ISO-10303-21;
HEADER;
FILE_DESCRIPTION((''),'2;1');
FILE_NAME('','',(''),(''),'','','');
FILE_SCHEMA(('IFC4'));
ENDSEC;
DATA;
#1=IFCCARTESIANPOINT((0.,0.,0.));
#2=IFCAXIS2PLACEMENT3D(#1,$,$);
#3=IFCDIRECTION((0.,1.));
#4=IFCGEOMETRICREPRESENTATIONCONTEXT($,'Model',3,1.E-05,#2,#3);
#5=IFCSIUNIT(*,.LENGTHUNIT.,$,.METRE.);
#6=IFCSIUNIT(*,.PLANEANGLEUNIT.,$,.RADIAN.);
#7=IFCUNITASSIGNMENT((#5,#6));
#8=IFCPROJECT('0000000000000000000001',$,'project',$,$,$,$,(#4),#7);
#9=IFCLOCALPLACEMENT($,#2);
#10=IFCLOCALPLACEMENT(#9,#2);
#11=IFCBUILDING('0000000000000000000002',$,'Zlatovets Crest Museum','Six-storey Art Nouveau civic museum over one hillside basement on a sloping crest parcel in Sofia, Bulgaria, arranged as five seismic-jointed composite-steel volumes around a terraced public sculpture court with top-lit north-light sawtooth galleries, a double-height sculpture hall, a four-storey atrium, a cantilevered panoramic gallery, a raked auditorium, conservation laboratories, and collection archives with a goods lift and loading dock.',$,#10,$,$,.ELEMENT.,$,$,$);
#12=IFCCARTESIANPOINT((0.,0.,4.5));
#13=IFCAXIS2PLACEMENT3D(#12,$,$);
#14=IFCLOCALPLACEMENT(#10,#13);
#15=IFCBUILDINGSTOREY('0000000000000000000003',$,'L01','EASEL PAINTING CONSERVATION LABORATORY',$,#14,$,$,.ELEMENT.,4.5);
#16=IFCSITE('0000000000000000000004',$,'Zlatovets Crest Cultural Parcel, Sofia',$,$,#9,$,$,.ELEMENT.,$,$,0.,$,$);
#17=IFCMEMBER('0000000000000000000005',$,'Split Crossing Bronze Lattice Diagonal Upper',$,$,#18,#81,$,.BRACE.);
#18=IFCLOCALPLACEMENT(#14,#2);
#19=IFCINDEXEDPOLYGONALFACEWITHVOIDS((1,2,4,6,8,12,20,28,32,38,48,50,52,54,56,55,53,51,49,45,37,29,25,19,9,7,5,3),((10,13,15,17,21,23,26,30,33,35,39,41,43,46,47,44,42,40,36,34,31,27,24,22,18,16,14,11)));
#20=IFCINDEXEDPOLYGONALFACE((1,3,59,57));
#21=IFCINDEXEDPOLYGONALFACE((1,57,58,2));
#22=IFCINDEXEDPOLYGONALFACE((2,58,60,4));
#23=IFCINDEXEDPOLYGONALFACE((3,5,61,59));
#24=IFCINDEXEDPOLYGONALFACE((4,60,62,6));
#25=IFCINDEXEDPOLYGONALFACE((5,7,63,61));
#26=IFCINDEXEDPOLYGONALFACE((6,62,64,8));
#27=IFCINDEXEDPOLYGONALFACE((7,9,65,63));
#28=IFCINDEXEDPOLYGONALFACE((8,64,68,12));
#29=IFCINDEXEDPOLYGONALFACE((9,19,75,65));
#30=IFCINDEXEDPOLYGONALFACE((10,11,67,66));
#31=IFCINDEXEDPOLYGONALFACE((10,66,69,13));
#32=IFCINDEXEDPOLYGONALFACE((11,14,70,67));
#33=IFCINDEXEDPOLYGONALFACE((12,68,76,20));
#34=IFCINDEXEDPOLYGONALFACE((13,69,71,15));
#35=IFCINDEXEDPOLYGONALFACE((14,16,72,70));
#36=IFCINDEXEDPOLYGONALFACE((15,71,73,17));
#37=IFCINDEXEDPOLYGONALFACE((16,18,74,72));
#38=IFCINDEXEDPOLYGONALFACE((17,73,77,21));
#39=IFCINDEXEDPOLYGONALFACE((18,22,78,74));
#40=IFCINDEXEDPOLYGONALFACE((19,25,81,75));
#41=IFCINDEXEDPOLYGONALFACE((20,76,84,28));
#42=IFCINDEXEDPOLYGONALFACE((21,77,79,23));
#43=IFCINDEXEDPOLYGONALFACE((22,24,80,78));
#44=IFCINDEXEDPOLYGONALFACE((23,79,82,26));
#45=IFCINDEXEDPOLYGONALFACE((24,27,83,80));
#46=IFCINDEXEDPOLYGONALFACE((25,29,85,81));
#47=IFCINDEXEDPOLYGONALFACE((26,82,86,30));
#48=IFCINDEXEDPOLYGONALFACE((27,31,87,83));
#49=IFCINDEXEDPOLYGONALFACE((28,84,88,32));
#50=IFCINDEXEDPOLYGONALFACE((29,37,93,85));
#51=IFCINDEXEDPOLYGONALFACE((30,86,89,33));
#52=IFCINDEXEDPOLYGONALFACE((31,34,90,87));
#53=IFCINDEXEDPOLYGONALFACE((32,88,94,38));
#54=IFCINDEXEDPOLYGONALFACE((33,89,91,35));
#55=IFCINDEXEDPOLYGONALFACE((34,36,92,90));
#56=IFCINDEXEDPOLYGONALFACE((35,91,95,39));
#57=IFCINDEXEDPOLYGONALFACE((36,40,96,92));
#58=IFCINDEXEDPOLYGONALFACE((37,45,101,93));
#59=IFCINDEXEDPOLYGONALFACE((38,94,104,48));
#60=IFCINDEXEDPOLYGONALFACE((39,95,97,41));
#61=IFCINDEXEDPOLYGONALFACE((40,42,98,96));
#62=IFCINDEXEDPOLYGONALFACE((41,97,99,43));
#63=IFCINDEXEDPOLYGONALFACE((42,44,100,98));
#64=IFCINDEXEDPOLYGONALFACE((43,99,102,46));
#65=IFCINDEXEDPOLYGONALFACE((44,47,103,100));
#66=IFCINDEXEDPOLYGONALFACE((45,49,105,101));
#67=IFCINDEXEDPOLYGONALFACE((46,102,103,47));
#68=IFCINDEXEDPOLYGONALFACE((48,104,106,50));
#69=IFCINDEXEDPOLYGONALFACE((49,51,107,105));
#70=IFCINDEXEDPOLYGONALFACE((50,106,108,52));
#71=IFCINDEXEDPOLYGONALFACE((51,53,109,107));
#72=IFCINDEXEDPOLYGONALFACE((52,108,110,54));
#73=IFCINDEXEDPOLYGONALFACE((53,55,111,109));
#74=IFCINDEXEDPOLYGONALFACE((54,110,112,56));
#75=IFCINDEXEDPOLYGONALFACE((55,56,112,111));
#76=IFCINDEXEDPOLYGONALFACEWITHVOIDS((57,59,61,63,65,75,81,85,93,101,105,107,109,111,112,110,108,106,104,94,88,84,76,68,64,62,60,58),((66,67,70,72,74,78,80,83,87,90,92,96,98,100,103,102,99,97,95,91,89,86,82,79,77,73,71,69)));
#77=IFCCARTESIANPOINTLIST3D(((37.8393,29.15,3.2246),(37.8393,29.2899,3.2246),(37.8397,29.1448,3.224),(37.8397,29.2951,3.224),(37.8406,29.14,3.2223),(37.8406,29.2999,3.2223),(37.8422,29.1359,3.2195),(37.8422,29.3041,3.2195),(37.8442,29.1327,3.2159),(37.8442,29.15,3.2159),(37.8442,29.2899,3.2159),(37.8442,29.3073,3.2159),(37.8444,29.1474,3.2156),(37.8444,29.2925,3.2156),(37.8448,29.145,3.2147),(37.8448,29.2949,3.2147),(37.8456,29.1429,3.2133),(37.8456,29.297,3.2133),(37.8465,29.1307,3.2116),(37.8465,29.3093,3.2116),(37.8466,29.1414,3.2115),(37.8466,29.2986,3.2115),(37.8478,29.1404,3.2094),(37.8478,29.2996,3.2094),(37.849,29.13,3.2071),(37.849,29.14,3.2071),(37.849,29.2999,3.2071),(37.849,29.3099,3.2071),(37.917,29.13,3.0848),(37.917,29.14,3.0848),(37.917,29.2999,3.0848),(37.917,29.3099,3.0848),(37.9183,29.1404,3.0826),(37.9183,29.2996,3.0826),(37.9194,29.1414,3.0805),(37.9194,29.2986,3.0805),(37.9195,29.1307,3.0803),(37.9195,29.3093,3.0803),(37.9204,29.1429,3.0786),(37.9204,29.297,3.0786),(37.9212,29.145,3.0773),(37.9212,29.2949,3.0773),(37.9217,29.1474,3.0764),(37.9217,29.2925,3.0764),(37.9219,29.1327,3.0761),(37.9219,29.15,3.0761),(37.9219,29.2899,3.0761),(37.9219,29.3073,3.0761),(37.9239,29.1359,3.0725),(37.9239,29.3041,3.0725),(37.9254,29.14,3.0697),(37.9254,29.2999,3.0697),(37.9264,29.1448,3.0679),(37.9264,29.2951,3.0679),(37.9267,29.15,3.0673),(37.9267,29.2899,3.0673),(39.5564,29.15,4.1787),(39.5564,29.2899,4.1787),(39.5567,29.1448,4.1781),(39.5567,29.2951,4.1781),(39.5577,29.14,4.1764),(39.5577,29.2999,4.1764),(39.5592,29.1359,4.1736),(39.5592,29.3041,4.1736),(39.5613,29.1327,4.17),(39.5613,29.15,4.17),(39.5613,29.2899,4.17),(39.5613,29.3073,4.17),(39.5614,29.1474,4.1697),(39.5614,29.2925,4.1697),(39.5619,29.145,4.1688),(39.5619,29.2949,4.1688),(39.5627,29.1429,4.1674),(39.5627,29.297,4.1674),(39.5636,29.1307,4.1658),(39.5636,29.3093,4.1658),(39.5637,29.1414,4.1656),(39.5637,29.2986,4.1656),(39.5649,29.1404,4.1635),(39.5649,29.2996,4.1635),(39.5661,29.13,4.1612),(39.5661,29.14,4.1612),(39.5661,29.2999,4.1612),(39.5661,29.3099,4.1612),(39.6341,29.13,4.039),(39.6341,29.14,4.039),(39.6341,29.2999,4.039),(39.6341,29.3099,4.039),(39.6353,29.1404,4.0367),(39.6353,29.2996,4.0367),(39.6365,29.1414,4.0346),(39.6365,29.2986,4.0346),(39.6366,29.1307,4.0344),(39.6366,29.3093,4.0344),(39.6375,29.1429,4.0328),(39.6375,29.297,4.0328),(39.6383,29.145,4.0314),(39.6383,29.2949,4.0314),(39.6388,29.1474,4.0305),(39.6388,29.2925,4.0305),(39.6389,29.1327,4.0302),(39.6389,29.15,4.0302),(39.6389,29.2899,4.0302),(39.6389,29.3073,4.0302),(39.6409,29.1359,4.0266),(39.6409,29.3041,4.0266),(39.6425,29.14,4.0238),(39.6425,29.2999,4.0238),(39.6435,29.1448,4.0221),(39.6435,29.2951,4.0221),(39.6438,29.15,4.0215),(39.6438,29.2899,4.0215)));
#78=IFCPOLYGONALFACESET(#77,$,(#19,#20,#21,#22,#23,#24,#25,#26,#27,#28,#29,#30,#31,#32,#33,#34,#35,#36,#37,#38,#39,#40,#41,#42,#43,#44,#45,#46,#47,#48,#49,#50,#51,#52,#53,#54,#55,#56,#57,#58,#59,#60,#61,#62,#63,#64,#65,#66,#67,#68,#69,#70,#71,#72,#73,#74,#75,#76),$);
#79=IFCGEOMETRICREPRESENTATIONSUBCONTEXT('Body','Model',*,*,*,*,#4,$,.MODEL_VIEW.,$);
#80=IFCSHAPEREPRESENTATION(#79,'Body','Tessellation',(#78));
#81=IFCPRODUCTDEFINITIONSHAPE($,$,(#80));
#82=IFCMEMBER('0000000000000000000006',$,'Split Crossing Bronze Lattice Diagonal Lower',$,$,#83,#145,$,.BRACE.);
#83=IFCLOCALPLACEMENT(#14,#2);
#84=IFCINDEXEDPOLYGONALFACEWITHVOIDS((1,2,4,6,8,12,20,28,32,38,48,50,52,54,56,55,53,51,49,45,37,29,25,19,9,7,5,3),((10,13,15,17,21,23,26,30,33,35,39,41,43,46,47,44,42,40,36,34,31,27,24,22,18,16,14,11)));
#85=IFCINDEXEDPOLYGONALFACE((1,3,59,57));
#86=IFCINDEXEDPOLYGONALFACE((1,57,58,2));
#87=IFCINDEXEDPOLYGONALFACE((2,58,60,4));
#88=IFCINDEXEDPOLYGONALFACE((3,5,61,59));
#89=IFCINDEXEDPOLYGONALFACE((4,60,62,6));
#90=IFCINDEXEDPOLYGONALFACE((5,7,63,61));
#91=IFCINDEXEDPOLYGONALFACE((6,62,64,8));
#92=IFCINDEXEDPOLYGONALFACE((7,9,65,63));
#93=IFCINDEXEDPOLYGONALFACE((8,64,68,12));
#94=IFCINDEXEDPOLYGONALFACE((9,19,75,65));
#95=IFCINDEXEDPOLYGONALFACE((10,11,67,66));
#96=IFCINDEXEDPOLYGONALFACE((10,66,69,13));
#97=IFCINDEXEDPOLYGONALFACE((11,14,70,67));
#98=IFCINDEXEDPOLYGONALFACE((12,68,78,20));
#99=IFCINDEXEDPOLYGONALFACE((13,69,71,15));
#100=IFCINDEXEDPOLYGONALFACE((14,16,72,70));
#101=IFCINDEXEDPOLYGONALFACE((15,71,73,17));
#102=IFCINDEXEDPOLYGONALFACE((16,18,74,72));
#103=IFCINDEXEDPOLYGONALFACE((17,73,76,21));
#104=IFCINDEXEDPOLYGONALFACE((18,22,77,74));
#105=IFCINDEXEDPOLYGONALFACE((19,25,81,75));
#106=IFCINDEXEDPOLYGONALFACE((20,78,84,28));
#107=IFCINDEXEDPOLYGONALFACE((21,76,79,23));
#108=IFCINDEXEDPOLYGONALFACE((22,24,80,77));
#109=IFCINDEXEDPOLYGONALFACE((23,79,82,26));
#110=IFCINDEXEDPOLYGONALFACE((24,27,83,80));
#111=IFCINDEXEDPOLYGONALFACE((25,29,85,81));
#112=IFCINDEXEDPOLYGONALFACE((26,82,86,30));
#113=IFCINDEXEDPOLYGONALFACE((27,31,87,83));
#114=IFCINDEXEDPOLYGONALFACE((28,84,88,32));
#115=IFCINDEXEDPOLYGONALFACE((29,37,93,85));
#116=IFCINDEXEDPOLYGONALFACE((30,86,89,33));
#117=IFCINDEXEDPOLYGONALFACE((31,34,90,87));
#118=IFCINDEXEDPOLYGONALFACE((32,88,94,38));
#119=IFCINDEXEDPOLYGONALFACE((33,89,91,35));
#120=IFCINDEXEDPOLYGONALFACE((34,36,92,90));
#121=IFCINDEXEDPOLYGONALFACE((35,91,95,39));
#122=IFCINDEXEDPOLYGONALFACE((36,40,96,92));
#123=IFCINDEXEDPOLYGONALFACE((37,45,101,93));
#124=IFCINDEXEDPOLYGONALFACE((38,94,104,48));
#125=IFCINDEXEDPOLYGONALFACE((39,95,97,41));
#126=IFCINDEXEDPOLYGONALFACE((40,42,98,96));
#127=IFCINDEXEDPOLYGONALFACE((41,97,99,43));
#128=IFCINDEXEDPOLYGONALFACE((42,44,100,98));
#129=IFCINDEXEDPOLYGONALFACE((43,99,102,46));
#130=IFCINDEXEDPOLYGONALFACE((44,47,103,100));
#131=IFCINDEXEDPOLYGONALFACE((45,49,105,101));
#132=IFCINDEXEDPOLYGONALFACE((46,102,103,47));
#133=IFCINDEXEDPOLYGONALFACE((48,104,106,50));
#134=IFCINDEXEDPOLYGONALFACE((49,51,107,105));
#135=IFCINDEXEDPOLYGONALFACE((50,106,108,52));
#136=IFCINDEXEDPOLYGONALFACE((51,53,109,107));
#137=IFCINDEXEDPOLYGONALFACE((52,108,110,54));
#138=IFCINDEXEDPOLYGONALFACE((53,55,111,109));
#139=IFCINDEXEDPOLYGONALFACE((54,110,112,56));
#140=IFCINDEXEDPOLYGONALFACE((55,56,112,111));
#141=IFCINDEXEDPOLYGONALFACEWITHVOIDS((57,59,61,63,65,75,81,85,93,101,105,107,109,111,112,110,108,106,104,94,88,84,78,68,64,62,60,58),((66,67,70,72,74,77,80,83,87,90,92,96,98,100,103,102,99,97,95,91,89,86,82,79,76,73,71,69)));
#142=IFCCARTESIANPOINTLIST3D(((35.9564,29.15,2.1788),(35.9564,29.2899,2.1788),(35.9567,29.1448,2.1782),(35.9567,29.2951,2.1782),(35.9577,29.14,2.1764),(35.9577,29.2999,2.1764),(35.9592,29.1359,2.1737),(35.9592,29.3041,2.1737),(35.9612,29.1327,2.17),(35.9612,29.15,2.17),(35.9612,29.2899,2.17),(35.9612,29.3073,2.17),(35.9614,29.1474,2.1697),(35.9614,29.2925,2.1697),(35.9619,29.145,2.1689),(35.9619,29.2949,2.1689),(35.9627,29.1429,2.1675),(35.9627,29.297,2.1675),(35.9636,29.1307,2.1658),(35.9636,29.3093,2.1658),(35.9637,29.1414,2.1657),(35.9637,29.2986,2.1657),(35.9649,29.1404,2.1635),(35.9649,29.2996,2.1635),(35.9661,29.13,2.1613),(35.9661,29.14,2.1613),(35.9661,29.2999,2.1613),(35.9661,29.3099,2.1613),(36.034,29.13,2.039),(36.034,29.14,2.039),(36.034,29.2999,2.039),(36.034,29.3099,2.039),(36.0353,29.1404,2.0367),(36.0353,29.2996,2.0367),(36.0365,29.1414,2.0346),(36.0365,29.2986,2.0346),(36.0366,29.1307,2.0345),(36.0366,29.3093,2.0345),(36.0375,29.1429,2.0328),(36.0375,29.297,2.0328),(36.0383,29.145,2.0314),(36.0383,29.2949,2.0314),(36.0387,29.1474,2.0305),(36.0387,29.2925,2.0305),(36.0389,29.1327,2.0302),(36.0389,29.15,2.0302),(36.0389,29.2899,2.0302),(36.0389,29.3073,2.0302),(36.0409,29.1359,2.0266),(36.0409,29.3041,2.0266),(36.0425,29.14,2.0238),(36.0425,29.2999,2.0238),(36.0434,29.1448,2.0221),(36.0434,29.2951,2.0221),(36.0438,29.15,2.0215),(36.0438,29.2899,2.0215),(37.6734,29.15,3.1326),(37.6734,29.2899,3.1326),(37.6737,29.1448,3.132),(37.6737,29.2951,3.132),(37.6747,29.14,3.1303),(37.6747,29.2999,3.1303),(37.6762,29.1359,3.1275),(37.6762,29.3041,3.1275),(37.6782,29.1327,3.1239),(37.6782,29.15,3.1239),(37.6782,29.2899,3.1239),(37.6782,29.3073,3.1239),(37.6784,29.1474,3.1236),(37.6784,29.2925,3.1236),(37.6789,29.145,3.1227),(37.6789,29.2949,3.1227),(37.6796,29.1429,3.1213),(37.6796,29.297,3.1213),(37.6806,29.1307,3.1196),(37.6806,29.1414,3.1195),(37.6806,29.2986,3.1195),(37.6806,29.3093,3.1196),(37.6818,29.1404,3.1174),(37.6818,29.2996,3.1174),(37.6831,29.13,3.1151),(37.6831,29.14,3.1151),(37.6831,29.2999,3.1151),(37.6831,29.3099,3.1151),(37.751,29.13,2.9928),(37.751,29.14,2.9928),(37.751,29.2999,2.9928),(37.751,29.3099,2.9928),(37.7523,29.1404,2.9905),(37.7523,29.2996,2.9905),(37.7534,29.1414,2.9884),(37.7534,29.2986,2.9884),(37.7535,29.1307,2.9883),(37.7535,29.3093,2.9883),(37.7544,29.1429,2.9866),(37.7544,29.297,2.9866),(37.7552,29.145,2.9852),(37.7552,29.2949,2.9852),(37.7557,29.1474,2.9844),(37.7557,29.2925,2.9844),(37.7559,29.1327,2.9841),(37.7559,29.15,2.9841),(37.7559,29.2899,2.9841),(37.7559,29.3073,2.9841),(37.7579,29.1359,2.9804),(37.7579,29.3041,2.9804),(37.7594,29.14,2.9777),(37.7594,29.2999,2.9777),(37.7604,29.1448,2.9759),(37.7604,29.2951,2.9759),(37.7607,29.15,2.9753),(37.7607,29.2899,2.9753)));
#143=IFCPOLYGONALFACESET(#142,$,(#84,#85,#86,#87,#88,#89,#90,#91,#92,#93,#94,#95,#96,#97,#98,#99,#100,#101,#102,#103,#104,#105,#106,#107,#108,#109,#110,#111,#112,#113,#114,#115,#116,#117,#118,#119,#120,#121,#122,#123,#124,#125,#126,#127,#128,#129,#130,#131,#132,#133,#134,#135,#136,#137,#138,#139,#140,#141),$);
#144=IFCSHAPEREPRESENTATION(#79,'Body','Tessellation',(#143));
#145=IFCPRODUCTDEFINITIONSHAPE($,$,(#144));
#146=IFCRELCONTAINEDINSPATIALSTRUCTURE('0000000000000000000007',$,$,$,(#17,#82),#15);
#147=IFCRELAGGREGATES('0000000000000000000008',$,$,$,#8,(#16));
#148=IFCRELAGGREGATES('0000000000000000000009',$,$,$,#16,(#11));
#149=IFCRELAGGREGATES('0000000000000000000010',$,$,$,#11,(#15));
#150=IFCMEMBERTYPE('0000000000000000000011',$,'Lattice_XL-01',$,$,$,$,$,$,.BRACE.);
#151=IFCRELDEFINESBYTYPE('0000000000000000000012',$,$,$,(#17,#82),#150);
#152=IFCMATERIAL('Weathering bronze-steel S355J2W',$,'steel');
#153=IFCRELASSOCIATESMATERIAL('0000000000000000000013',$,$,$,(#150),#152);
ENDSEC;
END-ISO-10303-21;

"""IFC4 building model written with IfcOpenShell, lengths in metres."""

from ifc_helpers import new_model, si_unit, direction, frame, origin, origin_2d, place, context, subcontext, project, spatial, hollow_rectangle, extrude, material, material_profile, profile_set, type_object, element, save


model = new_model("IFC4")

# Units and contexts
model_context = context("Model", 3, precision=1e-05, world=origin(), true_north=direction((0.0, 1.0)))
body_context = subcontext(model_context, "Body", "Model", "MODEL_VIEW")
ifc_project = project(units=[si_unit("LENGTHUNIT", "METRE"), si_unit("PLANEANGLEUNIT", "RADIAN")], contexts=[model_context])

# Site, building, storey
site_placement = place(None, origin())
site = spatial("IfcSite", under=ifc_project, at=site_placement, Name="Zlatovets Crest Cultural Parcel, Sofia", CompositionType="ELEMENT", RefElevation=0.0)
building_placement = place(site_placement, origin())
building = spatial("IfcBuilding", under=site, at=building_placement, Name="Zlatovets Crest Museum", Description="Six-storey Art Nouveau civic museum over one hillside basement on a sloping crest parcel in Sofia, Bulgaria, arranged as five seismic-jointed composite-steel volumes around a terraced public sculpture court with top-lit north-light sawtooth galleries, a double-height sculpture hall, a four-storey atrium, a cantilevered panoramic gallery, a raked auditorium, conservation laboratories, and collection archives with a goods lift and loading dock.", CompositionType="ELEMENT")
storey_placement = place(building_placement, frame((0.0, 0.0, 4.5)))
storey = spatial("IfcBuildingStorey", under=building, at=storey_placement, Name="L01", Description="EASEL PAINTING CONSERVATION LABORATORY", CompositionType="ELEMENT", Elevation=4.5)

# Members
ifc_material_1 = material(Name="Weathering bronze-steel S355J2W", Category="steel")
ifc_material_profile_1 = material_profile(ifc_material_1, hollow_rectangle(XDim=0.1799, YDim=0.1799, WallThickness=0.01, InnerFilletRadius=0.01, OuterFilletRadius=0.02, at=origin_2d()), Name="SHS 180x180x10.0")
ifc_profile_set_1 = profile_set([ifc_material_profile_1], Name="Weathering bronze-steel S355J2W")
member_type_1 = type_object("IfcMemberType", Name="Lattice_XL-01", PredefinedType="BRACE", material=ifc_profile_set_1)
member_1_placement = place(storey_placement, frame((39.6001, 29.22, 4.1001), z_axis=(-0.874116, 0.0, -0.485717), x_axis=(0.0, -1.0, 0.0)))
element("IfcMember", 1, at=member_1_placement, inside=storey, type_object=member_type_1, Name="Split Crossing Bronze Lattice Diagonal Upper", PredefinedType="BRACE", context=body_context, shape_type="SweptSolid", body=[
    extrude(hollow_rectangle(XDim=0.1799, YDim=0.1799, WallThickness=0.01, InnerFilletRadius=0.01, OuterFilletRadius=0.02, at=origin_2d()), origin(), (0.0, 0.0, 1.0), 1.9644),
])
member_2_placement = place(storey_placement, frame((37.717, 29.22, 3.054), z_axis=(-0.874169, 0.0, -0.485622), x_axis=(0.0, -1.0, 0.0)))
element("IfcMember", 2, at=member_2_placement, inside=storey, type_object=member_type_1, Name="Split Crossing Bronze Lattice Diagonal Lower", PredefinedType="BRACE", context=body_context, shape_type="SweptSolid", body=[
    extrude(hollow_rectangle(XDim=0.1799, YDim=0.1799, WallThickness=0.01, InnerFilletRadius=0.01, OuterFilletRadius=0.02, at=origin_2d()), origin(), (0.0, 0.0, 1.0), 1.9641),
])

save(model, "model.ifc")
